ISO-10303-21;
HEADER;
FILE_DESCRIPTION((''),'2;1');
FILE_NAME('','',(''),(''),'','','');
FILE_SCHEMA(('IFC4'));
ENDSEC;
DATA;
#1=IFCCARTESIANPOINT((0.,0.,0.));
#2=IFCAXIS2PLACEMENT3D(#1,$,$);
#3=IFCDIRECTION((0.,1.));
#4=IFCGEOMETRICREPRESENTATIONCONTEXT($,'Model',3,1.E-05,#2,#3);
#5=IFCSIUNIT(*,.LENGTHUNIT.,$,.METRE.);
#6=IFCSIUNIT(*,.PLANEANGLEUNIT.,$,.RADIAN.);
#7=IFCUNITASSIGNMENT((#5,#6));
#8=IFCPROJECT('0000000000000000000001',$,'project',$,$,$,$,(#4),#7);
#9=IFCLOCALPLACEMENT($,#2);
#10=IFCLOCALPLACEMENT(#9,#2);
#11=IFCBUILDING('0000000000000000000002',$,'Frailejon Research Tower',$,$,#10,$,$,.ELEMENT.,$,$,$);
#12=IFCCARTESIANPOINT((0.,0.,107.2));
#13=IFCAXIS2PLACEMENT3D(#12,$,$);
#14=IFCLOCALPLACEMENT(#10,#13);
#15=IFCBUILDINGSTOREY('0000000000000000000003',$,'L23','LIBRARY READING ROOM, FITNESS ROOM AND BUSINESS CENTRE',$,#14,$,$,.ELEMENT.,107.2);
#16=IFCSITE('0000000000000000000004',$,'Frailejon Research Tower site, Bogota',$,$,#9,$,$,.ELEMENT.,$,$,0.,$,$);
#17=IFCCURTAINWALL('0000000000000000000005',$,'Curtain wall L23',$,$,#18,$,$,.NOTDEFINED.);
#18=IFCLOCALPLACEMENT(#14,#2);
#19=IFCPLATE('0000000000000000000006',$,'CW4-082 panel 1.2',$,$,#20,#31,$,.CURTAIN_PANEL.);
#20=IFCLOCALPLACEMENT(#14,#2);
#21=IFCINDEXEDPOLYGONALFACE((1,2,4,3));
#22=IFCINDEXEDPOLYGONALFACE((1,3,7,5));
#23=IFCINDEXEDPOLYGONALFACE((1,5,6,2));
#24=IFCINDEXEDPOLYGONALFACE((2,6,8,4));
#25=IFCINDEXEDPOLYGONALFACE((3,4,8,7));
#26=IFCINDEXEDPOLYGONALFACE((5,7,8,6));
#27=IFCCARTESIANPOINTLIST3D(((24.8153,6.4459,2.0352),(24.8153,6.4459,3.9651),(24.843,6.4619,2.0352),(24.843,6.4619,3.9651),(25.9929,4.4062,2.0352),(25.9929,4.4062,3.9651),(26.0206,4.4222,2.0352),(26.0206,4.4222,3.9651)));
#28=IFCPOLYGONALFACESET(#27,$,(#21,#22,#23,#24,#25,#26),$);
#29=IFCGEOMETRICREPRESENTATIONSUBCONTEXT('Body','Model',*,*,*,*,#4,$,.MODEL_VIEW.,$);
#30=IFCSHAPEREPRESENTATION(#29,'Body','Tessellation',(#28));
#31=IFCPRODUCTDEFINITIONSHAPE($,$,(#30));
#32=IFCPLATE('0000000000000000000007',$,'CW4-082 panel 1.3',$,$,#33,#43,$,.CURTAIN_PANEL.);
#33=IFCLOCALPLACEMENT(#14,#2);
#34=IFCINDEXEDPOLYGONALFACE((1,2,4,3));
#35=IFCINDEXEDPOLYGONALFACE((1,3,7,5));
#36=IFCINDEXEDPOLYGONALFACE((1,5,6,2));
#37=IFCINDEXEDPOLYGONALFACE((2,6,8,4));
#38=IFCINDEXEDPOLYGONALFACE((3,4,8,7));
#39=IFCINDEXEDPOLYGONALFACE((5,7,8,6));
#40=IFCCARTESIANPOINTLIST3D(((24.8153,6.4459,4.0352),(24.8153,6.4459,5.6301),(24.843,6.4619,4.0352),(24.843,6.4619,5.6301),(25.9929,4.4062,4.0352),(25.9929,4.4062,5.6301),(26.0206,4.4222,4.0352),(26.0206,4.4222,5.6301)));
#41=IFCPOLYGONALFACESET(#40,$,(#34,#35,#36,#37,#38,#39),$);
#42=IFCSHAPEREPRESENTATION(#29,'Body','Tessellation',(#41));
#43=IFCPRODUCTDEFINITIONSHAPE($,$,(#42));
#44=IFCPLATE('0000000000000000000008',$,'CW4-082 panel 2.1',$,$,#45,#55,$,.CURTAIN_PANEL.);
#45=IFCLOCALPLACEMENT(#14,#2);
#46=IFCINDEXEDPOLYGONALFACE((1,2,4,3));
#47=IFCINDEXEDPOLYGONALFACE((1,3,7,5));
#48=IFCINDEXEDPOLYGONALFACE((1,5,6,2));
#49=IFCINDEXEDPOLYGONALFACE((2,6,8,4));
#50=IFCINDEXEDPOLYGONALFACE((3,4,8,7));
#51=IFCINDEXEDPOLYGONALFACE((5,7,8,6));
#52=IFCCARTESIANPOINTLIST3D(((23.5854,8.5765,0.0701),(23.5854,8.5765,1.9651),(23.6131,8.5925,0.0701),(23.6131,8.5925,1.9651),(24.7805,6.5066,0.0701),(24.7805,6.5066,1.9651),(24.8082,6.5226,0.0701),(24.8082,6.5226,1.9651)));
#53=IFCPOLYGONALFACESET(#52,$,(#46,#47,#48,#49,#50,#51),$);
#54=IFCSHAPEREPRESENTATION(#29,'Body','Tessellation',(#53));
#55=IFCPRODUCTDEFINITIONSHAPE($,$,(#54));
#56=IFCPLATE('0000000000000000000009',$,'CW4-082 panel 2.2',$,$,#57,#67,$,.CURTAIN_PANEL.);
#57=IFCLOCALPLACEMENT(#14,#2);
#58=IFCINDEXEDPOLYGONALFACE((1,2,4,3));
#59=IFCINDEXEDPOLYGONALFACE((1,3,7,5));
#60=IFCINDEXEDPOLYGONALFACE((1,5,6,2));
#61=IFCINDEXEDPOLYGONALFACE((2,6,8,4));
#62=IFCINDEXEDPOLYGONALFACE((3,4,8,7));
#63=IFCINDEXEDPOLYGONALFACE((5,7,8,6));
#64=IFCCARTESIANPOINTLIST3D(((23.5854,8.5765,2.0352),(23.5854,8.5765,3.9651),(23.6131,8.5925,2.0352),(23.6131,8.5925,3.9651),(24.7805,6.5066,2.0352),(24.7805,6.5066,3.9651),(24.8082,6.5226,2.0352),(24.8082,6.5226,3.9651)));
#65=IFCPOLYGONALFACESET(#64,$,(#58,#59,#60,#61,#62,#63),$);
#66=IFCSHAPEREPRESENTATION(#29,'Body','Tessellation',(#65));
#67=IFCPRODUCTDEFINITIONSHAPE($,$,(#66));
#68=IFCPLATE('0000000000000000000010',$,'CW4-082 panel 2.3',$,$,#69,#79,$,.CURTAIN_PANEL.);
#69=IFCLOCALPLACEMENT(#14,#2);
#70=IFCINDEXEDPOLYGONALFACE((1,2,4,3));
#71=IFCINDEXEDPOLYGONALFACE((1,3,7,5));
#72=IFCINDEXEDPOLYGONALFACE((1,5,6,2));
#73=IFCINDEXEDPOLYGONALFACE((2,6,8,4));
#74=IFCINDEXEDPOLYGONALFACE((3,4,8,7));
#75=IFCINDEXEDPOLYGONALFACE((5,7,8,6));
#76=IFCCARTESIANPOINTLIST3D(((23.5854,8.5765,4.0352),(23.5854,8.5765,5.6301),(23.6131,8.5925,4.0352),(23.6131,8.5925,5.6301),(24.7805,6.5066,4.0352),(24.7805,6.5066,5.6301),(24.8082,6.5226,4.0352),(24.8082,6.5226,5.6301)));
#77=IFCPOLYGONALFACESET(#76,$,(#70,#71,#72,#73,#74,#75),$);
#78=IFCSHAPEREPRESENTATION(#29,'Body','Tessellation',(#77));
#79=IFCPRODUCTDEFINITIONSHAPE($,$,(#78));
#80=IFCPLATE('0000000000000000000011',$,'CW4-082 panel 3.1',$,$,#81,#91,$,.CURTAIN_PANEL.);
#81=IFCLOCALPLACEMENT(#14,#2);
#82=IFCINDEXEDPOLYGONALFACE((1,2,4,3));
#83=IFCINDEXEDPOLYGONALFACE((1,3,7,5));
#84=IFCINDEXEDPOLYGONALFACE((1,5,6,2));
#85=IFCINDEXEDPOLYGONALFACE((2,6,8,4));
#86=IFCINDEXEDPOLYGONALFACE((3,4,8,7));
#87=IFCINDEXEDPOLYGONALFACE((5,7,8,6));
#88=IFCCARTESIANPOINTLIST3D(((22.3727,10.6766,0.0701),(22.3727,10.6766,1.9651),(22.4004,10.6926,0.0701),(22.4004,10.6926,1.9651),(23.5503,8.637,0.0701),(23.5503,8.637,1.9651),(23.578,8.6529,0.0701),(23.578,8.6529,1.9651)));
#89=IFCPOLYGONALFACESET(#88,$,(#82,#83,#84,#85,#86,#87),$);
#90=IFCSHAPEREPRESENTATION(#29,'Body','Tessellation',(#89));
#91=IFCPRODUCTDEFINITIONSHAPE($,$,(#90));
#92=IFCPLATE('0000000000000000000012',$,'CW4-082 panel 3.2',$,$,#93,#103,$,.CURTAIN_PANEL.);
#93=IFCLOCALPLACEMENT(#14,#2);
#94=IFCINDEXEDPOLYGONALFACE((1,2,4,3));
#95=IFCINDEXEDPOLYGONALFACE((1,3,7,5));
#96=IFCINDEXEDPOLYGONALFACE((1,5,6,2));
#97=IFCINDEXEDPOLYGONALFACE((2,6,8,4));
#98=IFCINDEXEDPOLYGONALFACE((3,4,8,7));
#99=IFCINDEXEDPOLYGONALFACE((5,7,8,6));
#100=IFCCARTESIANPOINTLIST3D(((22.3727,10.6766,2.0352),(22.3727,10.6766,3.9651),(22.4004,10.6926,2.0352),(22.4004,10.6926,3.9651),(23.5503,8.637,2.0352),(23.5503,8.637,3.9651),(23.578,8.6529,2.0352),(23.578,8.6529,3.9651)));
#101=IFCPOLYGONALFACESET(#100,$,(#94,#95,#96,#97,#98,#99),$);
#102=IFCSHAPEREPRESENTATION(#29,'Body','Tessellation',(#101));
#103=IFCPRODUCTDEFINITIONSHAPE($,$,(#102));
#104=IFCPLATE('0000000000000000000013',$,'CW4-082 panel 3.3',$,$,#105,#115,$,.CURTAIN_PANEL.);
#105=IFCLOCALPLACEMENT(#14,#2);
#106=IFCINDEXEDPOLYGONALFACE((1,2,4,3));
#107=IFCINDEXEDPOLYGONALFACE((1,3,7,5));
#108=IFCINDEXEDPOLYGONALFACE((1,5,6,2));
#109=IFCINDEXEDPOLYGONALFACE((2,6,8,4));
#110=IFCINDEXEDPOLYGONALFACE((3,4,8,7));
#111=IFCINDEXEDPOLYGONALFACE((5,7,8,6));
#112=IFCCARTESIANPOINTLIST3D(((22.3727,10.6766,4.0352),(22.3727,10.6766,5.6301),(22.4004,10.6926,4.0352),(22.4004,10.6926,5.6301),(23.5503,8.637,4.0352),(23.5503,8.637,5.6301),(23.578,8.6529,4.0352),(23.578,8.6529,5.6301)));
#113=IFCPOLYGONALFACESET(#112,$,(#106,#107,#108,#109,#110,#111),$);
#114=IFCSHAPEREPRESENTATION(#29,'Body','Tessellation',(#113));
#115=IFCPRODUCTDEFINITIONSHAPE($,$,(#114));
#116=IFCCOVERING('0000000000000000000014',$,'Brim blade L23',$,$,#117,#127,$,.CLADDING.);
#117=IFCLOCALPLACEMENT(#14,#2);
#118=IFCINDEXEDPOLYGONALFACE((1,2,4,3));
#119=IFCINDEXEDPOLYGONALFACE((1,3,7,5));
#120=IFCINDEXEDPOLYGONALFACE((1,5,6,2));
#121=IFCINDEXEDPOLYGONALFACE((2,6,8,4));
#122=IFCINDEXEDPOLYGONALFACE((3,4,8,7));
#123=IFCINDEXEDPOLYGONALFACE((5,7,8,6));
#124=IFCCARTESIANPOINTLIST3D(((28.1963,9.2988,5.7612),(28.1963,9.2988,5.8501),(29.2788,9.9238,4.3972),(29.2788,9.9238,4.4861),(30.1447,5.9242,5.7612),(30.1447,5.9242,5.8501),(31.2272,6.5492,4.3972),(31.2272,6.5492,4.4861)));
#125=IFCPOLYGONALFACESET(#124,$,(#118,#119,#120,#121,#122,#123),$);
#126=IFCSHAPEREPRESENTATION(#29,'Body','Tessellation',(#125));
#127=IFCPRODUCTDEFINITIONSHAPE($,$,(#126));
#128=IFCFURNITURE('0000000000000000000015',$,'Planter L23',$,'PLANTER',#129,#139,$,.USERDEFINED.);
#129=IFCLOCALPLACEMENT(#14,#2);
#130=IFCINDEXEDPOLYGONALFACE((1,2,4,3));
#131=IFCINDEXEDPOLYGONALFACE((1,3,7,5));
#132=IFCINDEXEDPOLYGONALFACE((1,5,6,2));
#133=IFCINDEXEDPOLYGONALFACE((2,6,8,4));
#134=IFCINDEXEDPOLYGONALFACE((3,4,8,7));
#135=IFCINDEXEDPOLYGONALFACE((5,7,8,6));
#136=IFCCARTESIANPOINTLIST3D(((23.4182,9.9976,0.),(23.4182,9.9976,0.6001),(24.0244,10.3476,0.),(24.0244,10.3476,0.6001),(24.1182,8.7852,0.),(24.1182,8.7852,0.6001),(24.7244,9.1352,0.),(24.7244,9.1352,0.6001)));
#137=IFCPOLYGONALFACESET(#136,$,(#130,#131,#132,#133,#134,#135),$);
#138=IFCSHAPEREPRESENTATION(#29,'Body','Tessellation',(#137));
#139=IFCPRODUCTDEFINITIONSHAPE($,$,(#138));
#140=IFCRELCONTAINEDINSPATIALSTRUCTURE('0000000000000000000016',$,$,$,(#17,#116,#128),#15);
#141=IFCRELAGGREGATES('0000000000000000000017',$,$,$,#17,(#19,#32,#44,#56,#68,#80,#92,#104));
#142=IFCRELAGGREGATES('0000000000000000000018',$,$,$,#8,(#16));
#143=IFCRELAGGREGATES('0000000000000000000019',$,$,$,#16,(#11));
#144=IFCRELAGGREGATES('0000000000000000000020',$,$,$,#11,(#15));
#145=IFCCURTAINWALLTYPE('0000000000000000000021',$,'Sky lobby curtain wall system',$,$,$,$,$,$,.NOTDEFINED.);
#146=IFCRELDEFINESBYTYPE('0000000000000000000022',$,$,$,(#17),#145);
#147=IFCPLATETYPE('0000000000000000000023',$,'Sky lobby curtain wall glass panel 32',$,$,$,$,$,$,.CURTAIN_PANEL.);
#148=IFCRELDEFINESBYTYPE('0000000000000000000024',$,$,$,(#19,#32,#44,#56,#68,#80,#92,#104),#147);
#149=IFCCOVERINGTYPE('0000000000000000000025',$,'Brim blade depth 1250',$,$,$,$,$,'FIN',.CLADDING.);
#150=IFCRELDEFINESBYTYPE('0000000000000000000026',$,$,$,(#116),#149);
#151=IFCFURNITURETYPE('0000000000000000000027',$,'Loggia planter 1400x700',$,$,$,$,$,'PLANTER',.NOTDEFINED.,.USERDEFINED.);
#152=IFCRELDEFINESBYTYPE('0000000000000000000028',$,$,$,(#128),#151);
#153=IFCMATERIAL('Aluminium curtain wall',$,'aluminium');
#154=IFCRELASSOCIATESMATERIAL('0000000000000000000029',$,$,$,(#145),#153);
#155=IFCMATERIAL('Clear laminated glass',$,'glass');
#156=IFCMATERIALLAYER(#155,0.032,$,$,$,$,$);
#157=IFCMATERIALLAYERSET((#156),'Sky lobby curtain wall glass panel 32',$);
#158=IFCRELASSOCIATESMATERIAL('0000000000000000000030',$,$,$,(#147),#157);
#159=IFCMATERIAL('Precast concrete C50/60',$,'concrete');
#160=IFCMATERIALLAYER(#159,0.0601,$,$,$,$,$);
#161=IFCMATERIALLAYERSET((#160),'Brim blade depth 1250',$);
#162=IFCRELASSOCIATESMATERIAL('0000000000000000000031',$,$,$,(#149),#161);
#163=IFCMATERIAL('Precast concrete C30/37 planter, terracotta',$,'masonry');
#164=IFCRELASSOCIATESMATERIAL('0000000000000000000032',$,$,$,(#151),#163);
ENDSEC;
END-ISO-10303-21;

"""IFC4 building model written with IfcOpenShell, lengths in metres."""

from ifc_helpers import new_model, si_unit, direction, frame, origin, origin_2d, place, context, subcontext, project, spatial, polyline, rectangle, outline, extrude, material, layer, layer_set, type_object, element, aggregate, save


model = new_model("IFC4")

# Units and contexts
model_context = context("Model", 3, precision=1e-05, world=origin(), true_north=direction((0.0, 1.0)))
body_context = subcontext(model_context, "Body", "Model", "MODEL_VIEW")
ifc_project = project(units=[si_unit("LENGTHUNIT", "METRE"), si_unit("PLANEANGLEUNIT", "RADIAN")], contexts=[model_context])

# Site, building, storey
site_placement = place(None, origin())
site = spatial("IfcSite", under=ifc_project, at=site_placement, Name="Frailejon Research Tower site, Bogota", CompositionType="ELEMENT", RefElevation=0.0)
building_placement = place(site_placement, origin())
building = spatial("IfcBuilding", under=site, at=building_placement, Name="Frailejon Research Tower", CompositionType="ELEMENT")
storey_placement = place(building_placement, frame((0.0, 0.0, 107.2)))
storey = spatial("IfcBuildingStorey", under=building, at=storey_placement, Name="L23", Description="LIBRARY READING ROOM, FITNESS ROOM AND BUSINESS CENTRE", CompositionType="ELEMENT", Elevation=107.2)

# Curtain wall
ifc_material_1 = material(Name="Aluminium curtain wall", Category="aluminium")
curtain_wall_type = type_object("IfcCurtainWallType", Name="Sky lobby curtain wall system", PredefinedType="NOTDEFINED", material=ifc_material_1)
curtain_wall_placement = place(storey_placement, origin())
curtain_wall = element("IfcCurtainWall", 1, at=curtain_wall_placement, inside=storey, type_object=curtain_wall_type, Name="Curtain wall L23", PredefinedType="NOTDEFINED")

# Plates
ifc_material_2 = material(Name="Clear laminated glass", Category="glass")
ifc_layer_1 = layer(ifc_material_2, 0.032)
ifc_layer_set_1 = layer_set([ifc_layer_1], Name="Sky lobby curtain wall glass panel 32")
plate_type = type_object("IfcPlateType", Name="Sky lobby curtain wall glass panel 32", PredefinedType="CURTAIN_PANEL", material=ifc_layer_set_1)
plate_1_placement = place(storey_placement, frame((25.418, 5.4341, 2.0352), z_axis=(0.0, 0.0, 1.0), x_axis=(-0.499995, 0.866028, 0.0)))
plate_1 = element("IfcPlate", 2, at=plate_1_placement, type_object=plate_type, Name="CW4-082 panel 1.2", PredefinedType="CURTAIN_PANEL", context=body_context, shape_type="SweptSolid", body=[
    extrude(rectangle(XDim=2.3552, YDim=0.032, at=origin_2d()), origin(), (0.0, 0.0, 1.0), 1.9299),
])
plate_2_placement = place(storey_placement, frame((25.418, 5.4341, 4.0352), z_axis=(0.0, 0.0, 1.0), x_axis=(-0.499995, 0.866028, 0.0)))
plate_2 = element("IfcPlate", 3, at=plate_2_placement, type_object=plate_type, Name="CW4-082 panel 1.3", PredefinedType="CURTAIN_PANEL", context=body_context, shape_type="SweptSolid", body=[
    extrude(rectangle(XDim=2.3552, YDim=0.032, at=origin_2d()), origin(), (0.0, 0.0, 1.0), 1.595),
])
plate_3_placement = place(storey_placement, frame((24.1968, 7.5496, 0.0701), z_axis=(0.0, 0.0, 1.0), x_axis=(-0.499995, 0.866028, 0.0)))
plate_3 = element("IfcPlate", 4, at=plate_3_placement, type_object=plate_type, Name="CW4-082 panel 2.1", PredefinedType="CURTAIN_PANEL", context=body_context, shape_type="SweptSolid", body=[
    extrude(rectangle(XDim=2.3901, YDim=0.032, at=origin_2d()), origin(), (0.0, 0.0, 1.0), 1.895),
])
plate_4_placement = place(storey_placement, frame((24.1968, 7.5496, 2.0352), z_axis=(0.0, 0.0, 1.0), x_axis=(-0.499995, 0.866028, 0.0)))
plate_4 = element("IfcPlate", 5, at=plate_4_placement, type_object=plate_type, Name="CW4-082 panel 2.2", PredefinedType="CURTAIN_PANEL", context=body_context, shape_type="SweptSolid", body=[
    extrude(rectangle(XDim=2.3901, YDim=0.032, at=origin_2d()), origin(), (0.0, 0.0, 1.0), 1.9299),
])
plate_5_placement = place(storey_placement, frame((24.1968, 7.5496, 4.0352), z_axis=(0.0, 0.0, 1.0), x_axis=(-0.499995, 0.866028, 0.0)))
plate_5 = element("IfcPlate", 6, at=plate_5_placement, type_object=plate_type, Name="CW4-082 panel 2.3", PredefinedType="CURTAIN_PANEL", context=body_context, shape_type="SweptSolid", body=[
    extrude(rectangle(XDim=2.3901, YDim=0.032, at=origin_2d()), origin(), (0.0, 0.0, 1.0), 1.595),
])
plate_6_placement = place(storey_placement, frame((22.9753, 9.6648, 0.0701), z_axis=(0.0, 0.0, 1.0), x_axis=(-0.499995, 0.866028, 0.0)))
plate_6 = element("IfcPlate", 7, at=plate_6_placement, type_object=plate_type, Name="CW4-082 panel 3.1", PredefinedType="CURTAIN_PANEL", context=body_context, shape_type="SweptSolid", body=[
    extrude(rectangle(XDim=2.3552, YDim=0.032, at=origin_2d()), origin(), (0.0, 0.0, 1.0), 1.895),
])
plate_7_placement = place(storey_placement, frame((22.9753, 9.6648, 2.0352), z_axis=(0.0, 0.0, 1.0), x_axis=(-0.499995, 0.866028, 0.0)))
plate_7 = element("IfcPlate", 8, at=plate_7_placement, type_object=plate_type, Name="CW4-082 panel 3.2", PredefinedType="CURTAIN_PANEL", context=body_context, shape_type="SweptSolid", body=[
    extrude(rectangle(XDim=2.3552, YDim=0.032, at=origin_2d()), origin(), (0.0, 0.0, 1.0), 1.9299),
])
plate_8_placement = place(storey_placement, frame((22.9753, 9.6648, 4.0352), z_axis=(0.0, 0.0, 1.0), x_axis=(-0.499995, 0.866028, 0.0)))
plate_8 = element("IfcPlate", 9, at=plate_8_placement, type_object=plate_type, Name="CW4-082 panel 3.3", PredefinedType="CURTAIN_PANEL", context=body_context, shape_type="SweptSolid", body=[
    extrude(rectangle(XDim=2.3552, YDim=0.032, at=origin_2d()), origin(), (0.0, 0.0, 1.0), 1.595),
])
aggregate(curtain_wall, [plate_1, plate_2, plate_3, plate_4, plate_5, plate_6, plate_7, plate_8])

# Covering
ifc_material_3 = material(Name="Precast concrete C50/60", Category="concrete")
ifc_layer_2 = layer(ifc_material_3, 0.0601)
ifc_layer_set_2 = layer_set([ifc_layer_2], Name="Brim blade depth 1250")
covering_type = type_object("IfcCoveringType", Name="Brim blade depth 1250", ElementType="FIN", PredefinedType="CLADDING", material=ifc_layer_set_2)
covering_placement = place(storey_placement, frame((28.1963, 9.2988, 5.8501), z_axis=(0.500003, -0.866024, 0.0), x_axis=(0.866024, 0.500003, 0.0)))
element("IfcCovering", 10, at=covering_placement, inside=storey, type_object=covering_type, Name="Brim blade L23", PredefinedType="CLADDING", context=body_context, shape_type="SweptSolid", body=[
    extrude(outline(polyline([(0.0, -0.0889), (1.25, -1.4529), (1.25, -1.364), (0.0, 0.0), (0.0, -0.0889)])), origin(), (0.0, 0.0, 1.0), 3.8967),
])

# Furniture
ifc_material_4 = material(Name="Precast concrete C30/37 planter, terracotta", Category="masonry")
furniture_type = type_object("IfcFurnitureType", Name="Loggia planter 1400x700", ElementType="PLANTER", AssemblyPlace="NOTDEFINED", PredefinedType="USERDEFINED", material=ifc_material_4)
furniture_placement = place(storey_placement, frame((24.0713, 9.5664, 0.0), z_axis=(0.0, 0.0, 1.0), x_axis=(-0.5, 0.866025, 0.0)))
element("IfcFurniture", 11, at=furniture_placement, inside=storey, type_object=furniture_type, Name="Planter L23", ObjectType="PLANTER", PredefinedType="USERDEFINED", context=body_context, shape_type="SweptSolid", body=[
    extrude(rectangle(XDim=1.3999, YDim=0.7, at=origin_2d()), origin(), (0.0, 0.0, 1.0), 0.6001),
])

save(model, "model.ifc")
